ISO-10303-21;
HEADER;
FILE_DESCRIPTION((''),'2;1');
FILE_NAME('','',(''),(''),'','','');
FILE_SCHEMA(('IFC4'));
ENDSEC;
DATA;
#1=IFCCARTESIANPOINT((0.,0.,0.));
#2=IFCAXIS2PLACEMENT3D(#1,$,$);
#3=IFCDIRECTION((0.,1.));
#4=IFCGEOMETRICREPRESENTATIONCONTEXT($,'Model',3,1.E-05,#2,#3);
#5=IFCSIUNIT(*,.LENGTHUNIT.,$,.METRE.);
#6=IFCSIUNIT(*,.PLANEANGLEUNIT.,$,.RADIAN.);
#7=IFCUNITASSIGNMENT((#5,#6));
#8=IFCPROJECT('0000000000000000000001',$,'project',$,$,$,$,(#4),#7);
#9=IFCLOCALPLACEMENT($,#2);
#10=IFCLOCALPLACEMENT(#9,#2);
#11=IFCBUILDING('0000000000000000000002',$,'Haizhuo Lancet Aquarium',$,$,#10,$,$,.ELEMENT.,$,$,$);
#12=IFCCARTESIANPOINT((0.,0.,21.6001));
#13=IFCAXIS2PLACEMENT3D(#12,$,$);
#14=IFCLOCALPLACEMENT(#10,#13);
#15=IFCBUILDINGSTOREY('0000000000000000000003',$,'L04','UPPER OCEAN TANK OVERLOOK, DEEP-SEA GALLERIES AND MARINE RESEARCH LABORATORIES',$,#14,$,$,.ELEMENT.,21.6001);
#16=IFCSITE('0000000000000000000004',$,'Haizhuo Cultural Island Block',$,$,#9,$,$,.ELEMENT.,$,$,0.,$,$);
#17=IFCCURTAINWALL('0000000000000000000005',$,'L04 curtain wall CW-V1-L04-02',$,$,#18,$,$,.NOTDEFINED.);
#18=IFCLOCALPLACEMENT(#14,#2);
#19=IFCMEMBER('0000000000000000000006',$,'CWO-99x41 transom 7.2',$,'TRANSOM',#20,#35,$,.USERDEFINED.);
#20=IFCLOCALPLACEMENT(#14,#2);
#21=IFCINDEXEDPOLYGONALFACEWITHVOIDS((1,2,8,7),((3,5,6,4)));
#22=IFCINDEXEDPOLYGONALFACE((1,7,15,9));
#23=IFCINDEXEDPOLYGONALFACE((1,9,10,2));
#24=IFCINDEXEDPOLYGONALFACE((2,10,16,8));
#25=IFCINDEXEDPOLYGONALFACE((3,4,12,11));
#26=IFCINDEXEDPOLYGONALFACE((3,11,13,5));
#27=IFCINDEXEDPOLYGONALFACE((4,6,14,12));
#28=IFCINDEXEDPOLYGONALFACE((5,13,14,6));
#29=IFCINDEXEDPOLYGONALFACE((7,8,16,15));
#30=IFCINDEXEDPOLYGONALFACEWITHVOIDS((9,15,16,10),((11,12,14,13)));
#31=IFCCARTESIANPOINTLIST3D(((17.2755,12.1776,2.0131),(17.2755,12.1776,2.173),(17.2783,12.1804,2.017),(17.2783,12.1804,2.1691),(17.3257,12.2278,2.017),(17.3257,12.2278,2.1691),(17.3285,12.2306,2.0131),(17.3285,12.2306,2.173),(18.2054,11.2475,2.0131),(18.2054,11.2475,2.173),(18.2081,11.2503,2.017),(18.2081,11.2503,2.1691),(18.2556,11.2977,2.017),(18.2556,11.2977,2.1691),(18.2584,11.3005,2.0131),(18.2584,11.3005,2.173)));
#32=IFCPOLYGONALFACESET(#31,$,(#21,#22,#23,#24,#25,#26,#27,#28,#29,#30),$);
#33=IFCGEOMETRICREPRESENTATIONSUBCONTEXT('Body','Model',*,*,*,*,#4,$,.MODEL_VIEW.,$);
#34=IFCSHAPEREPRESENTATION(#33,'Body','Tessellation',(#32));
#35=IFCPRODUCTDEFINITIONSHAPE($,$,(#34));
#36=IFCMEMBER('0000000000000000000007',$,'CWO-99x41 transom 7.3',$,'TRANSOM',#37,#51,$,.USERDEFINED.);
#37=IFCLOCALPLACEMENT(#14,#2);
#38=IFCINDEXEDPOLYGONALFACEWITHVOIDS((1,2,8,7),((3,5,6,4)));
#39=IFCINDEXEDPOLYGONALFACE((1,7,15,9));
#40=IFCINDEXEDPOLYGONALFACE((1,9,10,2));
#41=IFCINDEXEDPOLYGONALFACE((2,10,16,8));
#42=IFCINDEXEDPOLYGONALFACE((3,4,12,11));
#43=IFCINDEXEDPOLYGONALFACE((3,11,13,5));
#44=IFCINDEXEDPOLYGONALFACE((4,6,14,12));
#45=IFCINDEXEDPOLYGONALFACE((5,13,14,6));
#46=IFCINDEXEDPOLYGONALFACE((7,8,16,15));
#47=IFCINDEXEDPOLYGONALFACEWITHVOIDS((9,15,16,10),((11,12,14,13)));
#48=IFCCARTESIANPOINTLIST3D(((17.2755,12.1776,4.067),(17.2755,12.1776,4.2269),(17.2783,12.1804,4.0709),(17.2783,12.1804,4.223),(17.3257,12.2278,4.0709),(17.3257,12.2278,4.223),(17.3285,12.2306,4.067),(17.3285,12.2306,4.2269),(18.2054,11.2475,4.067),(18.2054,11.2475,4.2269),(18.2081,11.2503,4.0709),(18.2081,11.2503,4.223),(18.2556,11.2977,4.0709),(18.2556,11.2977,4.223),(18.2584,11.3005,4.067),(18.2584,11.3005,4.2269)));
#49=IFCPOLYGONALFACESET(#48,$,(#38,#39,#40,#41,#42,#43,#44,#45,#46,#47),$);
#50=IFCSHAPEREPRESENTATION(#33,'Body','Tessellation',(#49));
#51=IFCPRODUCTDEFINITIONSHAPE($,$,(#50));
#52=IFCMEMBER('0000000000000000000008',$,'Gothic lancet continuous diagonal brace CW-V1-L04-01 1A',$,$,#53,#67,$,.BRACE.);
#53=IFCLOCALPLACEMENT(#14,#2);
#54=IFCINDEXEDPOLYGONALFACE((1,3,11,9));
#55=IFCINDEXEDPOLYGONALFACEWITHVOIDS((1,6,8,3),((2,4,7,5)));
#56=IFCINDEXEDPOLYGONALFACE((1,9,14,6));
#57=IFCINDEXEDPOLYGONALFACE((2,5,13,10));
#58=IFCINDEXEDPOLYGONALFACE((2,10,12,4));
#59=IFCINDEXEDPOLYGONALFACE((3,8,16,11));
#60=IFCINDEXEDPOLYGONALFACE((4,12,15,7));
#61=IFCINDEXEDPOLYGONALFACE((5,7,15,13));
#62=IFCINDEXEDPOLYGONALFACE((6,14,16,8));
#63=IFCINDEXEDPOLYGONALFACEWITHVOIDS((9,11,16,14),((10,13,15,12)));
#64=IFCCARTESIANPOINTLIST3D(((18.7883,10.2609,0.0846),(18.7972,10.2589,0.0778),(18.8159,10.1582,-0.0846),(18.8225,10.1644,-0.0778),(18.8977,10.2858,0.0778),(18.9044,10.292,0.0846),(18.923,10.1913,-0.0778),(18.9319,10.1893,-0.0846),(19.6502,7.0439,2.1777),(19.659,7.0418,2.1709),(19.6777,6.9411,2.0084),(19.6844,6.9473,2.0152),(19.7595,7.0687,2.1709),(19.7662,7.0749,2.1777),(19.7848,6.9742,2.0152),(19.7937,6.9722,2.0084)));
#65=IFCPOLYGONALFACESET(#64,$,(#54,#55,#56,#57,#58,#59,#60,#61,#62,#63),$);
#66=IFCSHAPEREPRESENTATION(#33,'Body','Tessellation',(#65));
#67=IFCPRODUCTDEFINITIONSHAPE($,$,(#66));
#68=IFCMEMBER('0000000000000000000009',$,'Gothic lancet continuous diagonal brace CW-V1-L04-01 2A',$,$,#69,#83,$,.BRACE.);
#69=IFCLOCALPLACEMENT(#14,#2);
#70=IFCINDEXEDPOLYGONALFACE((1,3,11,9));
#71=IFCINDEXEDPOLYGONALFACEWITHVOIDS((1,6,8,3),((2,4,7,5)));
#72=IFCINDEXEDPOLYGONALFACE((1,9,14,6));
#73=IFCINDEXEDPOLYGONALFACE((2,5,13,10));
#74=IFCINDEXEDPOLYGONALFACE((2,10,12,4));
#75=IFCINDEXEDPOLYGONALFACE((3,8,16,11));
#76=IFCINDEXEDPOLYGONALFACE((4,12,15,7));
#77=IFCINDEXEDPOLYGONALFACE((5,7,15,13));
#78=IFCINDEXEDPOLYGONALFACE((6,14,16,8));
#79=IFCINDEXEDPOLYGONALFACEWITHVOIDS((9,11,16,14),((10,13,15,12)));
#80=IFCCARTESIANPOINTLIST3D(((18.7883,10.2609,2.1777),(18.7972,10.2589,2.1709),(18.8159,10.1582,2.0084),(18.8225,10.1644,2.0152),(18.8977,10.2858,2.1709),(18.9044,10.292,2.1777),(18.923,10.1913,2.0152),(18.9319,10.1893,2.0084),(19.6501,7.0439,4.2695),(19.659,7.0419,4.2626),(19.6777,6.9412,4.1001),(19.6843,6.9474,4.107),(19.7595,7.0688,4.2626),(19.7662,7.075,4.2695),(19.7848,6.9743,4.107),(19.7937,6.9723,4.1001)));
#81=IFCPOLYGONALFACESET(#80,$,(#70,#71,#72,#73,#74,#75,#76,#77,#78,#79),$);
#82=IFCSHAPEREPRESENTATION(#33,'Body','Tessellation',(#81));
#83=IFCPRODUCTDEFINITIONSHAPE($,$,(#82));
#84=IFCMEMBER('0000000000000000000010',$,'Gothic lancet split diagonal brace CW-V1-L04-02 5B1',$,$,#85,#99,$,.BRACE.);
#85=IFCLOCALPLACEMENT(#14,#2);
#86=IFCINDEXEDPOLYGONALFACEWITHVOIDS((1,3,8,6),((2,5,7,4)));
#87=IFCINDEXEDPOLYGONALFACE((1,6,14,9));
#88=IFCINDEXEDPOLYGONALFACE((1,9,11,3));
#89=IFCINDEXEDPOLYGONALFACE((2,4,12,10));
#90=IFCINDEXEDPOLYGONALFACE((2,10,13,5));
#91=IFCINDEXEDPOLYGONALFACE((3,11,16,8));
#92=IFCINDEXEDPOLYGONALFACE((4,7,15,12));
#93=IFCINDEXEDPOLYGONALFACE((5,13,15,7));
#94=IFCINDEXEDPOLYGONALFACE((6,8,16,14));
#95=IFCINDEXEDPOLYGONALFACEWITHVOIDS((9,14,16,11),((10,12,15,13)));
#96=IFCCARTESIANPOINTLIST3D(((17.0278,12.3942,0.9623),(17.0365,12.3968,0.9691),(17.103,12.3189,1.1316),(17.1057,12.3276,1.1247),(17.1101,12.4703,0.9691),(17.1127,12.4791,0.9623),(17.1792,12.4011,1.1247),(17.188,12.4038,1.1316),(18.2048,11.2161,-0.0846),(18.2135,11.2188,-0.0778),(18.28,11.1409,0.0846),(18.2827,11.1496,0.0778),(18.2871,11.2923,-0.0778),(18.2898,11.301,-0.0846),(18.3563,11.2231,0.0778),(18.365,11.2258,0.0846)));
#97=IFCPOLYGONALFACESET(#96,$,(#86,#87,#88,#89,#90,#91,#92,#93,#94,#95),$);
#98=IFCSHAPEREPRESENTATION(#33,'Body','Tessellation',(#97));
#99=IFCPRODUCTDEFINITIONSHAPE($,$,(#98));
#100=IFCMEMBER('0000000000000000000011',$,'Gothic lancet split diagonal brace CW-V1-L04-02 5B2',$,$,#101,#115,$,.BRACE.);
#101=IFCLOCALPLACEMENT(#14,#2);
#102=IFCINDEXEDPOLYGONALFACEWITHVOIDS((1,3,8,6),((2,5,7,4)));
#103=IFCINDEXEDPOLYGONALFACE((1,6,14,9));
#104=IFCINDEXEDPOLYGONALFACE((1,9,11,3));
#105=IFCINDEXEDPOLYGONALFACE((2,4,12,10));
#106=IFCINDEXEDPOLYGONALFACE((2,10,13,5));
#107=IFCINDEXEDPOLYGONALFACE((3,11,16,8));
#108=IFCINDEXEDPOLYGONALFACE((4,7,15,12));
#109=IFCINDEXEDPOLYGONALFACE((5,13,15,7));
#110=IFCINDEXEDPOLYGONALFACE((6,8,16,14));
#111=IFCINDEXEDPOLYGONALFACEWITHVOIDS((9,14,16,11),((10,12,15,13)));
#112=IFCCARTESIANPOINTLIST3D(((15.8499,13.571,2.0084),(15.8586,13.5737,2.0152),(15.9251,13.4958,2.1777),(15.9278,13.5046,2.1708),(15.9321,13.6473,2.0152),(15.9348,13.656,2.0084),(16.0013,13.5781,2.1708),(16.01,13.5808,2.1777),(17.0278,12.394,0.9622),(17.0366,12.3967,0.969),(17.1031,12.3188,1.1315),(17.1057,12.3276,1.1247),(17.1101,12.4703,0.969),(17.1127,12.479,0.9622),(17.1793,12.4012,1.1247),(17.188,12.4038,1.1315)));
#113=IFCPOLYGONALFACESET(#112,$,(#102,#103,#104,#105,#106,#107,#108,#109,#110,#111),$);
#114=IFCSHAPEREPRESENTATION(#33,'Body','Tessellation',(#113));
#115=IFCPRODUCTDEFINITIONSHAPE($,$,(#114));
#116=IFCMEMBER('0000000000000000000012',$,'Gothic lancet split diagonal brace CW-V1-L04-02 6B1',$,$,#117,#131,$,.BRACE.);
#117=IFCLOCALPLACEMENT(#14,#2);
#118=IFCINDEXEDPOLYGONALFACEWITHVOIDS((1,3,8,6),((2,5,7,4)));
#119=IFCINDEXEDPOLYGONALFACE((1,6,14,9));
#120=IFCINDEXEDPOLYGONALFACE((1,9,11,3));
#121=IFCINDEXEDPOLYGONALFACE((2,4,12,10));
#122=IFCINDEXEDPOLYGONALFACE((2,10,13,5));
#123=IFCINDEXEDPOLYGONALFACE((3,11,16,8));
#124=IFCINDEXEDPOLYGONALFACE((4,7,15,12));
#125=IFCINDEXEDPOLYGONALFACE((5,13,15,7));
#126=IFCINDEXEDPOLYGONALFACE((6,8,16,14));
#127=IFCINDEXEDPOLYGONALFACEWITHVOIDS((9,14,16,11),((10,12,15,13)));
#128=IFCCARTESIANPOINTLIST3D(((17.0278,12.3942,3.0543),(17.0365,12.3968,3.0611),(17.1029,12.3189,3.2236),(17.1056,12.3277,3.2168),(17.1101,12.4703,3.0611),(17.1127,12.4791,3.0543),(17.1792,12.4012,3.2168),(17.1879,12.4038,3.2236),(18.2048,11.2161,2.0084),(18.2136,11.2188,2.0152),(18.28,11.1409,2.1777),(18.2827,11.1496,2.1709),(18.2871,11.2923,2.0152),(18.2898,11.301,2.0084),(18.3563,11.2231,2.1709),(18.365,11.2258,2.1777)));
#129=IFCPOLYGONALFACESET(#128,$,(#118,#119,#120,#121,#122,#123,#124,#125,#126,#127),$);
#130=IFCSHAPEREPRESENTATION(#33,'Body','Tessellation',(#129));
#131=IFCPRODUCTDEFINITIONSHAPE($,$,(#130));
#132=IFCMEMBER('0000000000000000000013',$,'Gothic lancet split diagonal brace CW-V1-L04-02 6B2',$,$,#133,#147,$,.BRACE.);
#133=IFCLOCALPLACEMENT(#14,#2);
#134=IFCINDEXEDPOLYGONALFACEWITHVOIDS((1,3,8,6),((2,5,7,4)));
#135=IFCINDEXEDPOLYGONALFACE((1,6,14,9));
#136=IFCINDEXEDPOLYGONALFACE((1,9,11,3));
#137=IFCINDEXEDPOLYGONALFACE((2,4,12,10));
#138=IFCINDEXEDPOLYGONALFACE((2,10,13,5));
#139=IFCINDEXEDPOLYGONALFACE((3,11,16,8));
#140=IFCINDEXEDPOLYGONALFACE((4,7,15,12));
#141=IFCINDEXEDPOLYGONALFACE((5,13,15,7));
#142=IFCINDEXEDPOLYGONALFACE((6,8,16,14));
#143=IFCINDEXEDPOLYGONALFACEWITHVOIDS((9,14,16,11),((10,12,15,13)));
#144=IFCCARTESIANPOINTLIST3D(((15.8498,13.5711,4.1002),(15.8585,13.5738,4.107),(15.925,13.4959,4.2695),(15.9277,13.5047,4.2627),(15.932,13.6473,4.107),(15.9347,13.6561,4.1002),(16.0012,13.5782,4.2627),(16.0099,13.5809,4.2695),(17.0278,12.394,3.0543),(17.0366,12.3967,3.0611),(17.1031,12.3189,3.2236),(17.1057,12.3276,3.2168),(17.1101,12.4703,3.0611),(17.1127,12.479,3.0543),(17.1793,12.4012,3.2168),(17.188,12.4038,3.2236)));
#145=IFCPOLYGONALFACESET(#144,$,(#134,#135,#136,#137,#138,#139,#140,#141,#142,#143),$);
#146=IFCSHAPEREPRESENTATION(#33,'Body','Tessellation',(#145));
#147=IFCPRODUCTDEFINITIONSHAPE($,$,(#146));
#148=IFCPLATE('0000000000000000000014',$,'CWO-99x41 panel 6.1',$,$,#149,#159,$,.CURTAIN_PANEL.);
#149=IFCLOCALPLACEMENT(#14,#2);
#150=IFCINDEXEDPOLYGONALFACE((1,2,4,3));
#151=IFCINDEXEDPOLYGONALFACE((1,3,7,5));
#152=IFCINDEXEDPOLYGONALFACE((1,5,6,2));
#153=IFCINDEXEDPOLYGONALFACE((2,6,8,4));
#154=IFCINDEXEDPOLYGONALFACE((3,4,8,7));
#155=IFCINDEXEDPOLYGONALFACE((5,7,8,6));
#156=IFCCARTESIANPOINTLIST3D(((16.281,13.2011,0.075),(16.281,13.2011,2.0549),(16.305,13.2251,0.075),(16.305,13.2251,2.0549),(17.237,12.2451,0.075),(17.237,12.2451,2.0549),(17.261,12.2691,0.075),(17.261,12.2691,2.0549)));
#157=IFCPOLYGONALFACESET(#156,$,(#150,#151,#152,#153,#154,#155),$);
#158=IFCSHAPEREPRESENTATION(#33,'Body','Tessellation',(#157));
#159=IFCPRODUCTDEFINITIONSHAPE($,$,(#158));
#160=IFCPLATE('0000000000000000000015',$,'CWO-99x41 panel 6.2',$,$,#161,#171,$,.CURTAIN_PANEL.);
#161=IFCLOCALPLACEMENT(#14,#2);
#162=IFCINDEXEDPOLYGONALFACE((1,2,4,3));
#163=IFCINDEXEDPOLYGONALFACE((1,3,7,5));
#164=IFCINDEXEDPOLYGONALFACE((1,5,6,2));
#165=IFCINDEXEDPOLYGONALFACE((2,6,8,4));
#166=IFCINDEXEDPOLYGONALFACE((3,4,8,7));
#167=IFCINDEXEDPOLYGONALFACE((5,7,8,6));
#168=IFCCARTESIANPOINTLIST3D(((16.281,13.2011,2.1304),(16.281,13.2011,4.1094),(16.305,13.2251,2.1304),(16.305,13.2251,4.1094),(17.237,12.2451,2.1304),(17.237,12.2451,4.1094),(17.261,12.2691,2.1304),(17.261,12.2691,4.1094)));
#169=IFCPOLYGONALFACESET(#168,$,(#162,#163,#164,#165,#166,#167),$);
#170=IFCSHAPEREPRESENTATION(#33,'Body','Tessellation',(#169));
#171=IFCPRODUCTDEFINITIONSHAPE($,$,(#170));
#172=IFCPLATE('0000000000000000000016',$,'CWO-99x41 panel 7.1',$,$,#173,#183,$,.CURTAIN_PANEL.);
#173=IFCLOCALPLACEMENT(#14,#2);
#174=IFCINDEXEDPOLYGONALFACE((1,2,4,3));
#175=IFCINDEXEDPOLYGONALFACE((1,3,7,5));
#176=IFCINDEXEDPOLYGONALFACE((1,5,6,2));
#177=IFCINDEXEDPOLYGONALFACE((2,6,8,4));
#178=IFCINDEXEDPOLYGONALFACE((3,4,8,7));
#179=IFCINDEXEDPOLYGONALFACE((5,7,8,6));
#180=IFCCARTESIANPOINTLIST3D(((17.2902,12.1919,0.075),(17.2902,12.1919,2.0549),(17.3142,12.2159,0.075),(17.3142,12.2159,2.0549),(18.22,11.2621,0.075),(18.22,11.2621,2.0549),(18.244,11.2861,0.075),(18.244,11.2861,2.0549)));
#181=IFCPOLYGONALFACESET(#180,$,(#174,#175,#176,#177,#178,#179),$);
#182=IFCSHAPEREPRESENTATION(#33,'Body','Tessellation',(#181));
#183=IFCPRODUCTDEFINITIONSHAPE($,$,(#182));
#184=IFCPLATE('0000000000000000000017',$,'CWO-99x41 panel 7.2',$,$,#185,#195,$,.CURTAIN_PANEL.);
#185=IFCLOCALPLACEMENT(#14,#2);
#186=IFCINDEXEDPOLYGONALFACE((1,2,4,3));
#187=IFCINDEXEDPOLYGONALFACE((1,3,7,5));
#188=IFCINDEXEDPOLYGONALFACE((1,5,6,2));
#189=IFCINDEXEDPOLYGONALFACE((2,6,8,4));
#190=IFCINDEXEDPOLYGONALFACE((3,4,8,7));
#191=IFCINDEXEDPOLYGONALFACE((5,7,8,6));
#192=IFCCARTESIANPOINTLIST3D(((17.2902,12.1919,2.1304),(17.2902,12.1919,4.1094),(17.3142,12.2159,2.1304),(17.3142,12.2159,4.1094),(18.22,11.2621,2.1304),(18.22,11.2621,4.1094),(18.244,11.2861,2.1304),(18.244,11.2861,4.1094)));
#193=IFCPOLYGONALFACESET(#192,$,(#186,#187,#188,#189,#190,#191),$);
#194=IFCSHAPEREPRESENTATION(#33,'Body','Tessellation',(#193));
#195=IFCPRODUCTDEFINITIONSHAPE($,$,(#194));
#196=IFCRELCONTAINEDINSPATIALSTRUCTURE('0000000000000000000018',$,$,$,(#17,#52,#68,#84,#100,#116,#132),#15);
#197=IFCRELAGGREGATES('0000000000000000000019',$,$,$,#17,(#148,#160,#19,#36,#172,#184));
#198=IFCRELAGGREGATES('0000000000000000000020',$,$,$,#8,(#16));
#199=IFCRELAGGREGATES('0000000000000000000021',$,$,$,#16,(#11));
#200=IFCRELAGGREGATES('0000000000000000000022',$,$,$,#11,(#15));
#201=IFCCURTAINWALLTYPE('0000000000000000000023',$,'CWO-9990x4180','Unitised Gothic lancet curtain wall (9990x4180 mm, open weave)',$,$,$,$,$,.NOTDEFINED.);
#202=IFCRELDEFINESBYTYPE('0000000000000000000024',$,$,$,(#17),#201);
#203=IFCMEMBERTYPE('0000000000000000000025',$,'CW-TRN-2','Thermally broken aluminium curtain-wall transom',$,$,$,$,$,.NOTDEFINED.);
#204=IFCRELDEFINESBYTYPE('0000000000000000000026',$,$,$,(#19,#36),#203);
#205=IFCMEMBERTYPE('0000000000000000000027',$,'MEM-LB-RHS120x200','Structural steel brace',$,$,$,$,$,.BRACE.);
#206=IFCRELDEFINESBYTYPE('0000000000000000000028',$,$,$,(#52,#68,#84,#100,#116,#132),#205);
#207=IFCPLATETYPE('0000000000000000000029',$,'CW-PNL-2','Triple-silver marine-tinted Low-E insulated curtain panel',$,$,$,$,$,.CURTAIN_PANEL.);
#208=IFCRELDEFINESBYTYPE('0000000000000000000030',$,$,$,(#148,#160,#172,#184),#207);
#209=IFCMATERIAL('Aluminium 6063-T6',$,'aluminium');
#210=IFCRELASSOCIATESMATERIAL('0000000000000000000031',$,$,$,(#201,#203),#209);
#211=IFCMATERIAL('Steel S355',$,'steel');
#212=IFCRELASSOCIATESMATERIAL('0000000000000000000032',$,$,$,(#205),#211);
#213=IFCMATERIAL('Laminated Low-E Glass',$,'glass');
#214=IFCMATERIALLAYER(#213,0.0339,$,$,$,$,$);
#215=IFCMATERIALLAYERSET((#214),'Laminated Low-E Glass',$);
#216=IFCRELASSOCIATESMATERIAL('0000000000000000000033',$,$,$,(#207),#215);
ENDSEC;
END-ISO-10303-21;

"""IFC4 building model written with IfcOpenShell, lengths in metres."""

from ifc_helpers import new_model, si_unit, direction, frame, origin, origin_2d, place, context, subcontext, project, spatial, rectangle, hollow_rectangle, extrude, material, layer, layer_set, material_profile, profile_set, type_object, element, aggregate, save


model = new_model("IFC4")

# Units and contexts
model_context = context("Model", 3, precision=1e-05, world=origin(), true_north=direction((0.0, 1.0)))
body_context = subcontext(model_context, "Body", "Model", "MODEL_VIEW")
ifc_project = project(units=[si_unit("LENGTHUNIT", "METRE"), si_unit("PLANEANGLEUNIT", "RADIAN")], contexts=[model_context])

# Site, building, storey
site_placement = place(None, origin())
site = spatial("IfcSite", under=ifc_project, at=site_placement, Name="Haizhuo Cultural Island Block", CompositionType="ELEMENT", RefElevation=0.0)
building_placement = place(site_placement, origin())
building = spatial("IfcBuilding", under=site, at=building_placement, Name="Haizhuo Lancet Aquarium", CompositionType="ELEMENT")
storey_placement = place(building_placement, frame((0.0, 0.0, 21.6001)))
storey = spatial("IfcBuildingStorey", under=building, at=storey_placement, Name="L04", Description="UPPER OCEAN TANK OVERLOOK, DEEP-SEA GALLERIES AND MARINE RESEARCH LABORATORIES", CompositionType="ELEMENT", Elevation=21.6001)

# Shared definitions
ifc_material_1 = material(Name="Aluminium 6063-T6", Category="aluminium")
curtain_wall_type = type_object("IfcCurtainWallType", Name="CWO-9990x4180", Description="Unitised Gothic lancet curtain wall (9990x4180 mm, open weave)", PredefinedType="NOTDEFINED", material=ifc_material_1)

# Curtain wall
curtain_wall_1_placement = place(storey_placement, origin())
curtain_wall_1 = element("IfcCurtainWall", 1, at=curtain_wall_1_placement, inside=storey, type_object=curtain_wall_type, Name="L04 curtain wall CW-V1-L04-02", PredefinedType="NOTDEFINED")

# Members
ifc_material_profile_1 = material_profile(ifc_material_1, hollow_rectangle(XDim=0.075, YDim=0.1599, WallThickness=0.0039, at=origin_2d()), Name="ALU-T 75x160x4")
ifc_profile_set_1 = profile_set([ifc_material_profile_1], Name="Aluminium 6063-T6")
member_type_1 = type_object("IfcMemberType", Name="CW-TRN-2", Description="Thermally broken aluminium curtain-wall transom", PredefinedType="NOTDEFINED", material=ifc_profile_set_1)
member_1_placement = place(storey_placement, frame((17.302, 12.2041, 2.093), z_axis=(0.707014, -0.7072, 0.0), x_axis=(0.7072, 0.707014, 0.0)))
member_1 = element("IfcMember", 2, at=member_1_placement, type_object=member_type_1, Name="CWO-99x41 transom 7.2", ObjectType="TRANSOM", PredefinedType="USERDEFINED", context=body_context, shape_type="SweptSolid", body=[
    extrude(hollow_rectangle(XDim=0.075, YDim=0.1599, WallThickness=0.0039, at=origin_2d()), origin(), (0.0, 0.0, 1.0), 1.3152),
])
member_2_placement = place(storey_placement, frame((17.302, 12.2041, 4.147), z_axis=(0.707014, -0.7072, 0.0), x_axis=(0.7072, 0.707014, 0.0)))
member_2 = element("IfcMember", 3, at=member_2_placement, type_object=member_type_1, Name="CWO-99x41 transom 7.3", ObjectType="TRANSOM", PredefinedType="USERDEFINED", context=body_context, shape_type="SweptSolid", body=[
    extrude(hollow_rectangle(XDim=0.075, YDim=0.1599, WallThickness=0.0039, at=origin_2d()), origin(), (0.0, 0.0, 1.0), 1.3152),
])

# Members
ifc_material_2 = material(Name="Steel S355", Category="steel")
ifc_material_profile_2 = material_profile(ifc_material_2, hollow_rectangle(XDim=0.1201, YDim=0.2, WallThickness=0.0081, at=origin_2d()), Name="RHS 120x200x8")
ifc_profile_set_2 = profile_set([ifc_material_profile_2], Name="Steel S355")
member_type_2 = type_object("IfcMemberType", Name="MEM-LB-RHS120x200", Description="Structural steel brace", PredefinedType="BRACE", material=ifc_profile_set_2)
member_3_placement = place(storey_placement, frame((18.8601, 10.2251, 0.0), z_axis=(0.219094, -0.817847, 0.532094), x_axis=(0.96594, 0.258767, 0.0)))
element("IfcMember", 4, at=member_3_placement, inside=storey, type_object=member_type_2, Name="Gothic lancet continuous diagonal brace CW-V1-L04-01 1A", PredefinedType="BRACE", context=body_context, shape_type="SweptSolid", body=[
    extrude(hollow_rectangle(XDim=0.1201, YDim=0.2, WallThickness=0.0081, at=origin_2d()), origin(), (0.0, 0.0, 1.0), 3.9336),
])
member_4_placement = place(storey_placement, frame((18.8601, 10.2251, 2.093), z_axis=(0.21913, -0.817982, 0.531871), x_axis=(0.96594, 0.258767, 0.0)))
element("IfcMember", 5, at=member_4_placement, inside=storey, type_object=member_type_2, Name="Gothic lancet continuous diagonal brace CW-V1-L04-01 2A", PredefinedType="BRACE", context=body_context, shape_type="SweptSolid", body=[
    extrude(hollow_rectangle(XDim=0.1201, YDim=0.2, WallThickness=0.0081, at=origin_2d()), origin(), (0.0, 0.0, 1.0), 3.9329),
])
member_5_placement = place(storey_placement, frame((18.2849, 11.2209, 0.0), z_axis=(-0.598388, 0.598884, 0.532231), x_axis=(-0.7074, -0.706813, 0.0)))
element("IfcMember", 6, at=member_5_placement, inside=storey, type_object=member_type_2, Name="Gothic lancet split diagonal brace CW-V1-L04-02 5B1", PredefinedType="BRACE", context=body_context, shape_type="SweptSolid", body=[
    extrude(hollow_rectangle(XDim=0.1201, YDim=0.2, WallThickness=0.0081, at=origin_2d()), origin(), (0.0, 0.0, 1.0), 1.967),
])
for number, where, z_axis, x_axis, name in (
    (7, (17.1079, 12.3989, 1.0469), (-0.599003, 0.598506, 0.531964), (-0.706813, -0.7074, 0.0), "Gothic lancet split diagonal brace CW-V1-L04-02 5B2"),
    (8, (18.2849, 11.2209, 2.093), (-0.598546, 0.599042, 0.531875), (-0.7074, -0.706813, 0.0), "Gothic lancet split diagonal brace CW-V1-L04-02 6B1"),
    (9, (17.1079, 12.3989, 3.1389), (-0.599042, 0.598546, 0.531875), (-0.706813, -0.7074, 0.0), "Gothic lancet split diagonal brace CW-V1-L04-02 6B2"),
):
    element("IfcMember", number, at=place(storey_placement, frame(where, z_axis=z_axis, x_axis=x_axis)), inside=storey, type_object=member_type_2, Name=name, PredefinedType="BRACE", context=body_context, shape_type="SweptSolid", body=[
        extrude(hollow_rectangle(XDim=0.1201, YDim=0.2, WallThickness=0.0081, at=origin_2d()), origin(), (0.0, 0.0, 1.0), 1.9666),
    ])

# Plates
ifc_material_3 = material(Name="Laminated Low-E Glass", Category="glass")
ifc_layer_1 = layer(ifc_material_3, 0.0339)
ifc_layer_set_1 = layer_set([ifc_layer_1], Name="Laminated Low-E Glass")
plate_type = type_object("IfcPlateType", Name="CW-PNL-2", Description="Triple-silver marine-tinted Low-E insulated curtain panel", PredefinedType="CURTAIN_PANEL", material=ifc_layer_set_1)
plate_1_placement = place(storey_placement, frame((16.771, 12.7351, 0.075), z_axis=(0.0, 0.0, 1.0), x_axis=(0.707107, -0.707107, 0.0)))
plate_1 = element("IfcPlate", 10, at=plate_1_placement, type_object=plate_type, Name="CWO-99x41 panel 6.1", PredefinedType="CURTAIN_PANEL", context=body_context, shape_type="SweptSolid", body=[
    extrude(rectangle(XDim=1.3521, YDim=0.0339, at=origin_2d()), origin(), (0.0, 0.0, 1.0), 1.98),
])
plate_2_placement = place(storey_placement, frame((16.771, 12.7351, 2.1304), z_axis=(0.0, 0.0, 1.0), x_axis=(0.707107, -0.707107, 0.0)))
plate_2 = element("IfcPlate", 11, at=plate_2_placement, type_object=plate_type, Name="CWO-99x41 panel 6.2", PredefinedType="CURTAIN_PANEL", context=body_context, shape_type="SweptSolid", body=[
    extrude(rectangle(XDim=1.3521, YDim=0.0339, at=origin_2d()), origin(), (0.0, 0.0, 1.0), 1.979),
])
plate_3_placement = place(storey_placement, frame((17.7671, 11.739, 0.075), z_axis=(0.0, 0.0, 1.0), x_axis=(0.707107, -0.707107, 0.0)))
plate_3 = element("IfcPlate", 12, at=plate_3_placement, type_object=plate_type, Name="CWO-99x41 panel 7.1", PredefinedType="CURTAIN_PANEL", context=body_context, shape_type="SweptSolid", body=[
    extrude(rectangle(XDim=1.3149, YDim=0.0339, at=origin_2d()), origin(), (0.0, 0.0, 1.0), 1.98),
])
plate_4_placement = place(storey_placement, frame((17.7671, 11.739, 2.1304), z_axis=(0.0, 0.0, 1.0), x_axis=(0.707107, -0.707107, 0.0)))
plate_4 = element("IfcPlate", 13, at=plate_4_placement, type_object=plate_type, Name="CWO-99x41 panel 7.2", PredefinedType="CURTAIN_PANEL", context=body_context, shape_type="SweptSolid", body=[
    extrude(rectangle(XDim=1.3149, YDim=0.0339, at=origin_2d()), origin(), (0.0, 0.0, 1.0), 1.979),
])
aggregate(curtain_wall_1, [plate_1, plate_2, member_1, member_2, plate_3, plate_4])

save(model, "model.ifc")
